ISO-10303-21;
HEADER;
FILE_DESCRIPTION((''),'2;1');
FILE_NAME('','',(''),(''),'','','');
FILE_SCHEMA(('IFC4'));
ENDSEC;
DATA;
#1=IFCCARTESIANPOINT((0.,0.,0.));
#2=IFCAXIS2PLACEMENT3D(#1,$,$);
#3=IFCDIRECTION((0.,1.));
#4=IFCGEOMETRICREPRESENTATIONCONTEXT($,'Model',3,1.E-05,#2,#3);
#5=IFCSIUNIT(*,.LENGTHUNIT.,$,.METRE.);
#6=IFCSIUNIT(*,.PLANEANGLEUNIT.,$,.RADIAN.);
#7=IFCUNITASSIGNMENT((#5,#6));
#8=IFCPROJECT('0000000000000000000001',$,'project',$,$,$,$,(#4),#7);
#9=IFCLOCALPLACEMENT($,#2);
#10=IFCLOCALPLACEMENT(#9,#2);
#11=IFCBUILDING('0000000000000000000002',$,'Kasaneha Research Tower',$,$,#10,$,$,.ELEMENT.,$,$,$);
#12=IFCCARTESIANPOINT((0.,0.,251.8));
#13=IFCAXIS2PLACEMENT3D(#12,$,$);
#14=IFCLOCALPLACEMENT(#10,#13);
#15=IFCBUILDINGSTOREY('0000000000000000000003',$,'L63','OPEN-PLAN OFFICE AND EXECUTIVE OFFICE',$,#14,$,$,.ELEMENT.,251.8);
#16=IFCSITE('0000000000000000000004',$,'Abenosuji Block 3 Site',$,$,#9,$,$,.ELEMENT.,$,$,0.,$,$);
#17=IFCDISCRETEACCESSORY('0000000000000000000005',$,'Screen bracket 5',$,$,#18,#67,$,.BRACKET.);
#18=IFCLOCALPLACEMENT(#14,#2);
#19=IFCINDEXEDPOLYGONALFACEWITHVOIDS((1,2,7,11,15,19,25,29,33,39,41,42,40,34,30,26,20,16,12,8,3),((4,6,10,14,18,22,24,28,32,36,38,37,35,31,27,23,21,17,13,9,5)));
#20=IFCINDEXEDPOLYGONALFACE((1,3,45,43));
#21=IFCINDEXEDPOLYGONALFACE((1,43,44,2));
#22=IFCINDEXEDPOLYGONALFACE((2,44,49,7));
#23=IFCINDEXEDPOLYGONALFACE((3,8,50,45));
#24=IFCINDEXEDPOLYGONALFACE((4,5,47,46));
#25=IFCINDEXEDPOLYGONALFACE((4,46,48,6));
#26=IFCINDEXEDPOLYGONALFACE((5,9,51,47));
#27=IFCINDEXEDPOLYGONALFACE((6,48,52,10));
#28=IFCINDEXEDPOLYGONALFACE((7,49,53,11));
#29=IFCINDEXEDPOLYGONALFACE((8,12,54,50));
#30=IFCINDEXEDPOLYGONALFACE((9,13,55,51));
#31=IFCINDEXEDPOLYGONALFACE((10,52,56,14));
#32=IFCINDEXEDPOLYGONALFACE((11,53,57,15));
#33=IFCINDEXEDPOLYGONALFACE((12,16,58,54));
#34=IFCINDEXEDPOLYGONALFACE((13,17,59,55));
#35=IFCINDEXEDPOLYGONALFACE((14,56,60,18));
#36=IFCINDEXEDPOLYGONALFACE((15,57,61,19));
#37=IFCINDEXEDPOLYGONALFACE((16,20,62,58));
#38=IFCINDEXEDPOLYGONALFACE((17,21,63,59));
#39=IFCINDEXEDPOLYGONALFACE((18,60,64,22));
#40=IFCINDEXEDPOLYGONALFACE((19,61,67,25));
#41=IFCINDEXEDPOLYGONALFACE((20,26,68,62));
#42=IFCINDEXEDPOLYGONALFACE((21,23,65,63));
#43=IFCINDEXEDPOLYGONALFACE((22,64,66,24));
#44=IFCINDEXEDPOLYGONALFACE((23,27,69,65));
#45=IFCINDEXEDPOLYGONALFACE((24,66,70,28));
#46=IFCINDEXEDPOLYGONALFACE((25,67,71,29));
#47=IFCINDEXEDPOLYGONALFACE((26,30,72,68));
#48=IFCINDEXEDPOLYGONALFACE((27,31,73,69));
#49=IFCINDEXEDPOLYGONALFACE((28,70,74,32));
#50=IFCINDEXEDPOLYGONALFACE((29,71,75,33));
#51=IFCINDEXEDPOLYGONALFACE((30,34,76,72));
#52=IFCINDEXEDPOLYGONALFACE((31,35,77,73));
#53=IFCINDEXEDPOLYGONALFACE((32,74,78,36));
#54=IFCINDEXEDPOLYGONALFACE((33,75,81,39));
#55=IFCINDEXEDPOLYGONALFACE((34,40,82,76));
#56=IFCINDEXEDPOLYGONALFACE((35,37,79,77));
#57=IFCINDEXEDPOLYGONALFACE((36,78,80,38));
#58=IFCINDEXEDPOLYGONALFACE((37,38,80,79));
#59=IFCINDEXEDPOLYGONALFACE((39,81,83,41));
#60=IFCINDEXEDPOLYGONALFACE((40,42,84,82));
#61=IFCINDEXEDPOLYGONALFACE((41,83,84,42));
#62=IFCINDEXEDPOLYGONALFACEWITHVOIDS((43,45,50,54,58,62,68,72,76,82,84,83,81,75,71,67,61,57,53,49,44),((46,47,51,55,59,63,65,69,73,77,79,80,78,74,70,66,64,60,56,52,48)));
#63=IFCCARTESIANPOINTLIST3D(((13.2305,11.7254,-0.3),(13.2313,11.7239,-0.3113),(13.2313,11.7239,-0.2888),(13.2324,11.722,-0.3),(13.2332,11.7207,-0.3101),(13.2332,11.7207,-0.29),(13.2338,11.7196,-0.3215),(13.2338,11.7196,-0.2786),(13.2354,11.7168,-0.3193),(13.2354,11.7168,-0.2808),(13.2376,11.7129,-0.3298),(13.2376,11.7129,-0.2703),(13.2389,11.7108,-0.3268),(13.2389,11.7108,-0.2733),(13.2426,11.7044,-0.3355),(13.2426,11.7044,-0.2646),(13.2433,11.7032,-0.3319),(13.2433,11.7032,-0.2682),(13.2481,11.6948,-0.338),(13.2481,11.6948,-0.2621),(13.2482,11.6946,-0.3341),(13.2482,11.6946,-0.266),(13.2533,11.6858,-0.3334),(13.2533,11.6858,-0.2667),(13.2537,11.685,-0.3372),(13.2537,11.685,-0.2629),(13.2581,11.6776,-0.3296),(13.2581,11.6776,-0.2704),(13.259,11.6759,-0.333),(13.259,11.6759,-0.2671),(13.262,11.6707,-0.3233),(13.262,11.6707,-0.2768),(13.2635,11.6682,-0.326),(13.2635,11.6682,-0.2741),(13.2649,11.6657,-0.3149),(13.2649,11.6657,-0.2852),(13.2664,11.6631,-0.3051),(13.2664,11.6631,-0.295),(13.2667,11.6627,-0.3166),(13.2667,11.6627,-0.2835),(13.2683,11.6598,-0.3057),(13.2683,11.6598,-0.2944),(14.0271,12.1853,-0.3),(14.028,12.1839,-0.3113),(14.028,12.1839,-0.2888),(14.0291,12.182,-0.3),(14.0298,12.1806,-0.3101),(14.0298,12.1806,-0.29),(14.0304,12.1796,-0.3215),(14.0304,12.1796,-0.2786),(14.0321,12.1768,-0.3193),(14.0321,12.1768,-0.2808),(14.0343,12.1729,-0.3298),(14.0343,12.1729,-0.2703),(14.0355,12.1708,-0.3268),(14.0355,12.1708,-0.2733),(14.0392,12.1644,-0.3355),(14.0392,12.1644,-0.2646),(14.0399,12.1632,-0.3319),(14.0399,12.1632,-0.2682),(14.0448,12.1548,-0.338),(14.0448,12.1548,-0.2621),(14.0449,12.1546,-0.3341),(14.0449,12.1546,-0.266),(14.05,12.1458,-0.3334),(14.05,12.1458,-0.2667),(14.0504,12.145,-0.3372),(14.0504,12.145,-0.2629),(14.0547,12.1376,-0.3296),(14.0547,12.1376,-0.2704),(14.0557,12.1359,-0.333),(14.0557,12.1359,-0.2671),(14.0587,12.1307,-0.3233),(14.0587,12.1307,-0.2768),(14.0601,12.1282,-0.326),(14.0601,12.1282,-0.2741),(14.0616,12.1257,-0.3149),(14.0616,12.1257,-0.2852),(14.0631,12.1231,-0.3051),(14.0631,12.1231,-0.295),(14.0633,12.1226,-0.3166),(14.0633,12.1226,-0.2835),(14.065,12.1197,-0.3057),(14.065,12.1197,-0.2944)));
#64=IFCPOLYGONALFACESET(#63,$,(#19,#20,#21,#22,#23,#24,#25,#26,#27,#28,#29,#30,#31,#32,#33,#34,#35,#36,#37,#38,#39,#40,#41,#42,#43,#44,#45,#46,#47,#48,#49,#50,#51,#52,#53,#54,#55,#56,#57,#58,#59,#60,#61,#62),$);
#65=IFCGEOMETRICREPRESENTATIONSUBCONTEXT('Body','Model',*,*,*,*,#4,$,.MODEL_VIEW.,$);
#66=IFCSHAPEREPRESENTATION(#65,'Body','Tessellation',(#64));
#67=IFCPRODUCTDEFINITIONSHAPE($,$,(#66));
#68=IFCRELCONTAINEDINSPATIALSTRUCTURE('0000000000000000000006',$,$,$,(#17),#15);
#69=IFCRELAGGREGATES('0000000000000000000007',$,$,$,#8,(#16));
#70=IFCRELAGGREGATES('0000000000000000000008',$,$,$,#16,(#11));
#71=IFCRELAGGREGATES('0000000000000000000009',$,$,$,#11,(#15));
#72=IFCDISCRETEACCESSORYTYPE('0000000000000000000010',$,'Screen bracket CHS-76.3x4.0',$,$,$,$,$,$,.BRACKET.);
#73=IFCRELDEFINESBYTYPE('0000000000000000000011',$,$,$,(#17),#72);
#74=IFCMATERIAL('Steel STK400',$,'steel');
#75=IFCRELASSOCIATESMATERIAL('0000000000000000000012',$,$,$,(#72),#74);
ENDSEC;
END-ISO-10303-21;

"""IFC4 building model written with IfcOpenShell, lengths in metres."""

from ifc_helpers import new_model, si_unit, direction, frame, origin, origin_2d, place, context, subcontext, project, spatial, hollow_circle, extrude, material, material_profile, profile_set, type_object, element, save


model = new_model("IFC4")

# Units and contexts
model_context = context("Model", 3, precision=1e-05, world=origin(), true_north=direction((0.0, 1.0)))
body_context = subcontext(model_context, "Body", "Model", "MODEL_VIEW")
ifc_project = project(units=[si_unit("LENGTHUNIT", "METRE"), si_unit("PLANEANGLEUNIT", "RADIAN")], contexts=[model_context])

# Site, building, storey
site_placement = place(None, origin())
site = spatial("IfcSite", under=ifc_project, at=site_placement, Name="Abenosuji Block 3 Site", CompositionType="ELEMENT", RefElevation=0.0)
building_placement = place(site_placement, origin())
building = spatial("IfcBuilding", under=site, at=building_placement, Name="Kasaneha Research Tower", CompositionType="ELEMENT")
storey_placement = place(building_placement, frame((0.0, 0.0, 251.8)))
storey = spatial("IfcBuildingStorey", under=building, at=storey_placement, Name="L63", Description="OPEN-PLAN OFFICE AND EXECUTIVE OFFICE", CompositionType="ELEMENT", Elevation=251.8)

# Discrete accessory
ifc_material_1 = material(Name="Steel STK400", Category="steel")
ifc_material_profile_1 = material_profile(ifc_material_1, hollow_circle(Radius=0.0381, WallThickness=0.0039, at=origin_2d()), Name="CHS-76.3x4.0")
ifc_profile_set_1 = profile_set([ifc_material_profile_1], Name="Steel STK400")
discrete_accessory_type = type_object("IfcDiscreteAccessoryType", Name="Screen bracket CHS-76.3x4.0", PredefinedType="BRACKET", material=ifc_profile_set_1)
for number, where, z_axis, x_axis, name in (
    (1, (13.2495, 11.6924, -0.3), (0.866013, 0.500021, 0.0), (-0.500021, 0.866013, 0.0), "Screen bracket 5"),
):
    element("IfcDiscreteAccessory", number, at=place(storey_placement, frame(where, z_axis=z_axis, x_axis=x_axis)), inside=storey, type_object=discrete_accessory_type, Name=name, PredefinedType="BRACKET", context=body_context, shape_type="SweptSolid", body=[
        extrude(hollow_circle(Radius=0.0381, WallThickness=0.0039, at=origin_2d()), origin(), (0.0, 0.0, 1.0), 0.9199),
    ])

save(model, "model.ifc")
